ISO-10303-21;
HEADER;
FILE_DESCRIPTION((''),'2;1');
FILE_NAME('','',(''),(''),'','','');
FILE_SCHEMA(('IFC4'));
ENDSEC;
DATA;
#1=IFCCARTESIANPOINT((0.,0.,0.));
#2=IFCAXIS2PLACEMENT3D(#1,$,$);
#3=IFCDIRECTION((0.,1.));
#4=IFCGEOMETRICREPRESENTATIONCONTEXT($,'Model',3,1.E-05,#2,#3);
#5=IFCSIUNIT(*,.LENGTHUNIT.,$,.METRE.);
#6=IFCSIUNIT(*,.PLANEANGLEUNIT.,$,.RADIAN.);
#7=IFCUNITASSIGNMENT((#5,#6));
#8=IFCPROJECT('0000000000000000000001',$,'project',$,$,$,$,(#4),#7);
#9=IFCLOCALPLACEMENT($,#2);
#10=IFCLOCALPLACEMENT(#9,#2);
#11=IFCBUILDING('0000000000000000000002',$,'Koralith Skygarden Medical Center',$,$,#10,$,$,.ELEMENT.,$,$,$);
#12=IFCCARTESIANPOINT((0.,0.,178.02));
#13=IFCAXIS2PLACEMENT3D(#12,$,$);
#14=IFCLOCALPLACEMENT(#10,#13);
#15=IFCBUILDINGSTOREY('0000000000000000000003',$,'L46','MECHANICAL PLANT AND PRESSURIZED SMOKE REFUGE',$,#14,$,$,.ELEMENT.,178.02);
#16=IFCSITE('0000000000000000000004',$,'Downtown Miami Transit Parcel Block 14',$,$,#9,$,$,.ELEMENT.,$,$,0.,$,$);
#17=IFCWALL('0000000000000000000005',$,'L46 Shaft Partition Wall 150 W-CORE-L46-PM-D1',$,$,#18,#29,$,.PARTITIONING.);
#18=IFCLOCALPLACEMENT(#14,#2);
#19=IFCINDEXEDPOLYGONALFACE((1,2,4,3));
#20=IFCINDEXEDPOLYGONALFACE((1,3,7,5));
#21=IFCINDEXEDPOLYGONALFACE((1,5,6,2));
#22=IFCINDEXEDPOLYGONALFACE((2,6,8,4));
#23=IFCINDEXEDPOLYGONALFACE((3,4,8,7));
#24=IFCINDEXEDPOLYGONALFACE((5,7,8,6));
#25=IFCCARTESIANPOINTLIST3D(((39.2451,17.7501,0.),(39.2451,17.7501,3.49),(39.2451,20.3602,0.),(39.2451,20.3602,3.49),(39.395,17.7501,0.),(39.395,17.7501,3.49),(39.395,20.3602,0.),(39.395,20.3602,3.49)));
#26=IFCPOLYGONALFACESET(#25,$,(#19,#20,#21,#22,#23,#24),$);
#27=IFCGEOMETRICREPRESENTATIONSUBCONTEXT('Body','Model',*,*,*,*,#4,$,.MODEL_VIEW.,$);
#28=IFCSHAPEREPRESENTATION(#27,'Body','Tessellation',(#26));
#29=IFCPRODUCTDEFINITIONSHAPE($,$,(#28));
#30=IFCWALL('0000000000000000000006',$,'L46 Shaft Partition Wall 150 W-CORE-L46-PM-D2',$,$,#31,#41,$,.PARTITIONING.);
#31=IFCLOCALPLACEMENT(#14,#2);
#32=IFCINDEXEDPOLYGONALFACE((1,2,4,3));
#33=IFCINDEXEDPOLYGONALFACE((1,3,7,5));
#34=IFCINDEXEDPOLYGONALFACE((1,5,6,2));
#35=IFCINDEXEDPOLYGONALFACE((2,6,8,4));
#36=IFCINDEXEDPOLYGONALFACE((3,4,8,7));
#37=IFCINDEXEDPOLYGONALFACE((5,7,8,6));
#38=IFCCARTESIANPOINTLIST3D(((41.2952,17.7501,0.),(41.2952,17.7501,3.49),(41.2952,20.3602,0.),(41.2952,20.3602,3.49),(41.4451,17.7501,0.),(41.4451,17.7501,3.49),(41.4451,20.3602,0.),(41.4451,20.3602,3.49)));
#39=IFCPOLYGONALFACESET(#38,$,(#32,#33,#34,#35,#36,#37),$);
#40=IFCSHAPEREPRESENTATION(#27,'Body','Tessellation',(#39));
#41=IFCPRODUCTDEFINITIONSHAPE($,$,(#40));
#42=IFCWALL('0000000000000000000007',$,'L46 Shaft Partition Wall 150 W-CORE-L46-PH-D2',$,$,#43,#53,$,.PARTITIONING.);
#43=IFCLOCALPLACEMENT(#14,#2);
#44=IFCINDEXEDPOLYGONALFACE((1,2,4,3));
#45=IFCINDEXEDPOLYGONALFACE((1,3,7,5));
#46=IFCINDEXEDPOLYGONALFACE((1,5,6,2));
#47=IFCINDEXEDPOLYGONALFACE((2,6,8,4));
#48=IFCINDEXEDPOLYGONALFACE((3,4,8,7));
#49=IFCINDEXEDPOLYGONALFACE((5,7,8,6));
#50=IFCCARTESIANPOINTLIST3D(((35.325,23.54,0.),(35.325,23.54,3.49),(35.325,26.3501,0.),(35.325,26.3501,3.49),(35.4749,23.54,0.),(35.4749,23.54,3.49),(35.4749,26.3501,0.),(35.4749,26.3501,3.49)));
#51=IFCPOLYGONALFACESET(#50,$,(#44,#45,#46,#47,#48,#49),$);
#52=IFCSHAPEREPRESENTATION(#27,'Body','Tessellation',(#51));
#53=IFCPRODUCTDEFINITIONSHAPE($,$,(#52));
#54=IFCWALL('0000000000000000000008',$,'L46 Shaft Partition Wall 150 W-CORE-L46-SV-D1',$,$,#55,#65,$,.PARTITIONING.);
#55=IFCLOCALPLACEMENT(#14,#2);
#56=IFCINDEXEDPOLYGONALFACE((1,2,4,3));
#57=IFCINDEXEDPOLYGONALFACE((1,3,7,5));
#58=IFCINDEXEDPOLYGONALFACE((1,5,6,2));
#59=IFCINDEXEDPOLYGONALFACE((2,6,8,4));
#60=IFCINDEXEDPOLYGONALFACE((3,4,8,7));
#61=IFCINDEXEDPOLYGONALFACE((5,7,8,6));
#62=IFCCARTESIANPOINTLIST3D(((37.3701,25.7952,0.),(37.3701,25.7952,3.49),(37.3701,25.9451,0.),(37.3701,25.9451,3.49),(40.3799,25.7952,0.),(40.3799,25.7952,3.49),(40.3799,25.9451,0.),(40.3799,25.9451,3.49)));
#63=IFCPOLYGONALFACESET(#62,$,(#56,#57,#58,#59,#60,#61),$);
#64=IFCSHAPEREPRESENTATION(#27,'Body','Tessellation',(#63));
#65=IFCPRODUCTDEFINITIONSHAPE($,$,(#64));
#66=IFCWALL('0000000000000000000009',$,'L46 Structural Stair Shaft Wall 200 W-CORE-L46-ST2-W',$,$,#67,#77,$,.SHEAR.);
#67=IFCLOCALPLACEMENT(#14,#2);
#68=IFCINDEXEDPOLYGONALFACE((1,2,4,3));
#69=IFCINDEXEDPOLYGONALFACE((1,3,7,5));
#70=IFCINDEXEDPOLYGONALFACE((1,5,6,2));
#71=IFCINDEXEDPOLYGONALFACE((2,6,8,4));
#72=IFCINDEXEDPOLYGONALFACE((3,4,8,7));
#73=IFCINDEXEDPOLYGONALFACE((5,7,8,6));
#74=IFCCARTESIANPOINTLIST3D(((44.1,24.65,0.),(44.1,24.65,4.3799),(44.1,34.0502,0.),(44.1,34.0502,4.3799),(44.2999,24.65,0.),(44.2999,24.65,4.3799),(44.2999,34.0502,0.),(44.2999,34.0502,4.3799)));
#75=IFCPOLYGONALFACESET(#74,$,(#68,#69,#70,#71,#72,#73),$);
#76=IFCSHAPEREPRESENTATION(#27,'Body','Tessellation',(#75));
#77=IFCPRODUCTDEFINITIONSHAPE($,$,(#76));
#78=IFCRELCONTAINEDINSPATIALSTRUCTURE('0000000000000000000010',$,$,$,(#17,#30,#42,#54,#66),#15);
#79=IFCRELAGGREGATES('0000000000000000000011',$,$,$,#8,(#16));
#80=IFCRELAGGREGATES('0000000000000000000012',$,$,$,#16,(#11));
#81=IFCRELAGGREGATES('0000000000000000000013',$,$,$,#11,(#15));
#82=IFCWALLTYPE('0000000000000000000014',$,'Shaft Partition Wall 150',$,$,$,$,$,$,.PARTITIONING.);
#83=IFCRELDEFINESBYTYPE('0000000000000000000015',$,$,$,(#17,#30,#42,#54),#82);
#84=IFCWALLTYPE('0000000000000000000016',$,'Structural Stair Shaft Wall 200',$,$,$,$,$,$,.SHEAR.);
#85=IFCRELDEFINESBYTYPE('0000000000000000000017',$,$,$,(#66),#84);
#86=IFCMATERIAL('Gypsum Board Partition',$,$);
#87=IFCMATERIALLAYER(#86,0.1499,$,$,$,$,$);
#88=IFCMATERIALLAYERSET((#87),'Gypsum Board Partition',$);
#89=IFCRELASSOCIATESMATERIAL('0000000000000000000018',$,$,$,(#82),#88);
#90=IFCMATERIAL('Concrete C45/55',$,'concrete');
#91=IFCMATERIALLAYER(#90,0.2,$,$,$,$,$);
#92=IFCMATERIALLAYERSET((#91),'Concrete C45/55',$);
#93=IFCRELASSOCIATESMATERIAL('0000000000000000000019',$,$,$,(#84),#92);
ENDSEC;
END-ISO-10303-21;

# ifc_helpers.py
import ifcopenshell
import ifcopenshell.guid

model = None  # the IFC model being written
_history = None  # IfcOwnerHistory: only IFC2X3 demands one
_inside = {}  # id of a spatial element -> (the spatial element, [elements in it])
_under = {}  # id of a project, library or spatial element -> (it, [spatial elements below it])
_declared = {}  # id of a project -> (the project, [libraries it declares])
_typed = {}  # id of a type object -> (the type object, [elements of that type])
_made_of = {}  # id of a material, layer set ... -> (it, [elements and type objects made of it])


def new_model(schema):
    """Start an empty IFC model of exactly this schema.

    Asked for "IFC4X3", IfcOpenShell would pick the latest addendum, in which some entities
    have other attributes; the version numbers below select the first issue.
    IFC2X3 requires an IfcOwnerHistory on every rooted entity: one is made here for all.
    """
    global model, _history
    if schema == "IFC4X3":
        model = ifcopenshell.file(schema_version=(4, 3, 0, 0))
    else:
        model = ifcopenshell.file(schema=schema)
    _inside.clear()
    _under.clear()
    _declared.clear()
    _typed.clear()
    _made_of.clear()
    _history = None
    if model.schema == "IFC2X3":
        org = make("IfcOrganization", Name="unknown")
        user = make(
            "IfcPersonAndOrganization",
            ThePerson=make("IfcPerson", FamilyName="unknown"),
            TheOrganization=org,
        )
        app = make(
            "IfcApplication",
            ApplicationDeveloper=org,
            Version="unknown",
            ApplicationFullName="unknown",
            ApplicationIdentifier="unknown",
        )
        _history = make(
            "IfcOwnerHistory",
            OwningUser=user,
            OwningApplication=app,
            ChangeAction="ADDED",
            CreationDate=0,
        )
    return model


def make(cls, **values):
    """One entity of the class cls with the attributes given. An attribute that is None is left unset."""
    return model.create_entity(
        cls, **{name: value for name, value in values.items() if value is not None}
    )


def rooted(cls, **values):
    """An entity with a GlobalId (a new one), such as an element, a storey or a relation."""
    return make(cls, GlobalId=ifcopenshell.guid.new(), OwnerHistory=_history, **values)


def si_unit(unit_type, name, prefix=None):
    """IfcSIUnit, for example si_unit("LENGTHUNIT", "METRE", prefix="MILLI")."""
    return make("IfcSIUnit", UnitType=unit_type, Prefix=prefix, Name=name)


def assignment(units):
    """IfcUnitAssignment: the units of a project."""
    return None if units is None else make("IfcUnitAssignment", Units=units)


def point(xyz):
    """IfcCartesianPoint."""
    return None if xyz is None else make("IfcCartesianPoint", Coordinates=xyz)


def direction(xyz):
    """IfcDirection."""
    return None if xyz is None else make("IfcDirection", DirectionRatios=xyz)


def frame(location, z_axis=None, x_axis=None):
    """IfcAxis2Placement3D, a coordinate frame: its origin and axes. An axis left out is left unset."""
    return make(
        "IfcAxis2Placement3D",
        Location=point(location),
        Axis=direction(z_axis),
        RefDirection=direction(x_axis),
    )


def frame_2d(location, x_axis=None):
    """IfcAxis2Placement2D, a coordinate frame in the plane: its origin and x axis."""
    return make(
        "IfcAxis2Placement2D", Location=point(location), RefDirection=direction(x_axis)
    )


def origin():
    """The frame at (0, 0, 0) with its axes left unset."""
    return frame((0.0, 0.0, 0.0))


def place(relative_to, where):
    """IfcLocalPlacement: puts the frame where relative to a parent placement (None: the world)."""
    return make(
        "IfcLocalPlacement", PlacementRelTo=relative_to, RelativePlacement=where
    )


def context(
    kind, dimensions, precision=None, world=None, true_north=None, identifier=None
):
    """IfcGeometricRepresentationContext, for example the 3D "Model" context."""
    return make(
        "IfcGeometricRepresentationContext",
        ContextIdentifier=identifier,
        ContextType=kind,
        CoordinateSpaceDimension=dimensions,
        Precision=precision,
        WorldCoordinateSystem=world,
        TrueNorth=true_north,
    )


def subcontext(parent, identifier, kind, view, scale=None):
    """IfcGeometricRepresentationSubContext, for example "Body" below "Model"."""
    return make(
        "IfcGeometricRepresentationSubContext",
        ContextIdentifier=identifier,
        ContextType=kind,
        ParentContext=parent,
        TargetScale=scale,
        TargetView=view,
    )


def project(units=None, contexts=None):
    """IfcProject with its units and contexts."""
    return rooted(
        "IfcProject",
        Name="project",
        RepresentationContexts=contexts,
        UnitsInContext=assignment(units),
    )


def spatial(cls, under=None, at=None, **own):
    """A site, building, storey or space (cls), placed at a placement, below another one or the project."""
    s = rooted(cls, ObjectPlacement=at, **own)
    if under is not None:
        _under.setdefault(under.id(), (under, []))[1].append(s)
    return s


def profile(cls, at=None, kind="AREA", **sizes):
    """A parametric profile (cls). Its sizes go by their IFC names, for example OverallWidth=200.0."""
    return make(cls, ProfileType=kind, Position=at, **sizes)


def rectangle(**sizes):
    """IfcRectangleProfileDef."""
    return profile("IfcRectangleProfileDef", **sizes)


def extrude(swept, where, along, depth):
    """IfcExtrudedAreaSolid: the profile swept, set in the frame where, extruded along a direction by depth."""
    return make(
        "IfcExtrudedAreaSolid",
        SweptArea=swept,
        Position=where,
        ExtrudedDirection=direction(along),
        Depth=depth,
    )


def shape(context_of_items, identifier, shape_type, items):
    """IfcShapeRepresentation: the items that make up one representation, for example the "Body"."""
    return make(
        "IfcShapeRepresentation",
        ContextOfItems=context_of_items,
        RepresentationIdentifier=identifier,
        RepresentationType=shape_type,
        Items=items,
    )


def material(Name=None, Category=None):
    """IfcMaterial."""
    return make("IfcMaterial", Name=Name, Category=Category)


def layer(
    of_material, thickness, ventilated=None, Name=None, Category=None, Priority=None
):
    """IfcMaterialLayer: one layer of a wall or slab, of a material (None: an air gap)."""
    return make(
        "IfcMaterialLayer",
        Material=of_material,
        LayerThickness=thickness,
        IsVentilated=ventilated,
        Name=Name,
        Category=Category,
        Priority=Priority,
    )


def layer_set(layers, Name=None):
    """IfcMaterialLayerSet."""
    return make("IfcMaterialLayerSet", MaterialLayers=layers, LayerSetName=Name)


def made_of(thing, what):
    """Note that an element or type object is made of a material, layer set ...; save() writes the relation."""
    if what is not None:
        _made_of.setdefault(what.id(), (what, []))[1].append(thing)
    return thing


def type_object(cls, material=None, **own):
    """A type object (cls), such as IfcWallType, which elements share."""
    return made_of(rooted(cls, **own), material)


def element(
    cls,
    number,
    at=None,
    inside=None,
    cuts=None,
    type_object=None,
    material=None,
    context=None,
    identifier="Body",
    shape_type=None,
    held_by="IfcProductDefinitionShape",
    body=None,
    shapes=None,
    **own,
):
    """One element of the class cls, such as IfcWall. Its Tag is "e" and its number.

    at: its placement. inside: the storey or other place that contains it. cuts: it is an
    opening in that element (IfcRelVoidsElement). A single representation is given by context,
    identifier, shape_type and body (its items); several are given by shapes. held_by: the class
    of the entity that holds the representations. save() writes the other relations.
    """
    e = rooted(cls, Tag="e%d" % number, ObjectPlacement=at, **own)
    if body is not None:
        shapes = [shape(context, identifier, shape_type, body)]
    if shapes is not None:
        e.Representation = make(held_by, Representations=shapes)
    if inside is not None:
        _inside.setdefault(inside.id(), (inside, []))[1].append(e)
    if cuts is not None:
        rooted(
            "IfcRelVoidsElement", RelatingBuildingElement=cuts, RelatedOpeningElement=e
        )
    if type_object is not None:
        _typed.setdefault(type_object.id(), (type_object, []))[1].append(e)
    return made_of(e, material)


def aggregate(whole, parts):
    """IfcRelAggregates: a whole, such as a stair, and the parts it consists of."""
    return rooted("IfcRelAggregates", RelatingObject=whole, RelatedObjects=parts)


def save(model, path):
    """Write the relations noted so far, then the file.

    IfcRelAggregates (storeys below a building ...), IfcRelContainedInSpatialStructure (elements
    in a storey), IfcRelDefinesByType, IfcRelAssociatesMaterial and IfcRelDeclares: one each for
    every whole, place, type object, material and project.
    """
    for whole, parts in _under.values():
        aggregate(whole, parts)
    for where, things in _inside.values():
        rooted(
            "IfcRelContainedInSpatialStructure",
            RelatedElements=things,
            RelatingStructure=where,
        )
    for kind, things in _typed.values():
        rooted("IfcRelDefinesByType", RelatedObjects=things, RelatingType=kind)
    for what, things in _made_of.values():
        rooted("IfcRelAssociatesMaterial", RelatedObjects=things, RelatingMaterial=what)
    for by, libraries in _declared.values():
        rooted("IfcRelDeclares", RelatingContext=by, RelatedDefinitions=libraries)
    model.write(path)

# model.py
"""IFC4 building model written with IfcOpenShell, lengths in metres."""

from ifc_helpers import new_model, si_unit, direction, frame, frame_2d, origin, place, context, subcontext, project, spatial, rectangle, extrude, material, layer, layer_set, type_object, element, save


model = new_model("IFC4")

# Units and contexts
model_context = context("Model", 3, precision=1e-05, world=origin(), true_north=direction((0.0, 1.0)))
body_context = subcontext(model_context, "Body", "Model", "MODEL_VIEW")
ifc_project = project(units=[si_unit("LENGTHUNIT", "METRE"), si_unit("PLANEANGLEUNIT", "RADIAN")], contexts=[model_context])

# Site, building, storey
site_placement = place(None, origin())
site = spatial("IfcSite", under=ifc_project, at=site_placement, Name="Downtown Miami Transit Parcel Block 14", CompositionType="ELEMENT", RefElevation=0.0)
building_placement = place(site_placement, origin())
building = spatial("IfcBuilding", under=site, at=building_placement, Name="Koralith Skygarden Medical Center", CompositionType="ELEMENT")
storey_placement = place(building_placement, frame((0.0, 0.0, 178.02)))
storey = spatial("IfcBuildingStorey", under=building, at=storey_placement, Name="L46", Description="MECHANICAL PLANT AND PRESSURIZED SMOKE REFUGE", CompositionType="ELEMENT", Elevation=178.02)

# Shared definitions
ifc_material_1 = material(Name="Gypsum Board Partition")

# Walls
ifc_layer_1 = layer(ifc_material_1, 0.1499)
ifc_layer_set_1 = layer_set([ifc_layer_1], Name="Gypsum Board Partition")
wall_type_1 = type_object("IfcWallType", Name="Shaft Partition Wall 150", PredefinedType="PARTITIONING", material=ifc_layer_set_1)
for number, where, z_axis, x_axis, name in (
    (1, (39.3201, 17.75, 0.0), (0.0, 0.0, 1.0), (0.0, 1.0, 0.0), "L46 Shaft Partition Wall 150 W-CORE-L46-PM-D1"),
    (2, (41.3701, 17.75, 0.0), (0.0, 0.0, 1.0), (0.0, 1.0, 0.0), "L46 Shaft Partition Wall 150 W-CORE-L46-PM-D2"),
):
    element("IfcWall", number, at=place(storey_placement, frame(where, z_axis=z_axis, x_axis=x_axis)), inside=storey, type_object=wall_type_1, Name=name, PredefinedType="PARTITIONING", context=body_context, shape_type="SweptSolid", body=[
        extrude(rectangle(XDim=2.6101, YDim=0.1499, at=frame_2d((1.3052, 0.0))), origin(), (0.0, 0.0, 1.0), 3.49),
    ])
wall_1_placement = place(storey_placement, frame((35.3999, 23.54, 0.0), z_axis=(0.0, 0.0, 1.0), x_axis=(0.0, 1.0, 0.0)))
element("IfcWall", 3, at=wall_1_placement, inside=storey, type_object=wall_type_1, Name="L46 Shaft Partition Wall 150 W-CORE-L46-PH-D2", PredefinedType="PARTITIONING", context=body_context, shape_type="SweptSolid", body=[
    extrude(rectangle(XDim=2.8101, YDim=0.1499, at=frame_2d((1.405, 0.0))), origin(), (0.0, 0.0, 1.0), 3.49),
])
wall_2_placement = place(storey_placement, frame((37.3701, 25.8701, 0.0), z_axis=(0.0, 0.0, 1.0), x_axis=(1.0, 0.0, 0.0)))
element("IfcWall", 4, at=wall_2_placement, inside=storey, type_object=wall_type_1, Name="L46 Shaft Partition Wall 150 W-CORE-L46-SV-D1", PredefinedType="PARTITIONING", context=body_context, shape_type="SweptSolid", body=[
    extrude(rectangle(XDim=3.0098, YDim=0.1499, at=frame_2d((1.5049, 0.0))), origin(), (0.0, 0.0, 1.0), 3.49),
])
ifc_material_2 = material(Name="Concrete C45/55", Category="concrete")
ifc_layer_2 = layer(ifc_material_2, 0.2)
ifc_layer_set_2 = layer_set([ifc_layer_2], Name="Concrete C45/55")
wall_type_2 = type_object("IfcWallType", Name="Structural Stair Shaft Wall 200", PredefinedType="SHEAR", material=ifc_layer_set_2)
wall_3_placement = place(storey_placement, frame((44.2, 24.6499, 0.0), z_axis=(0.0, 0.0, 1.0), x_axis=(0.0, 1.0, 0.0)))
element("IfcWall", 5, at=wall_3_placement, inside=storey, type_object=wall_type_2, Name="L46 Structural Stair Shaft Wall 200 W-CORE-L46-ST2-W", PredefinedType="SHEAR", context=body_context, shape_type="SweptSolid", body=[
    extrude(rectangle(XDim=9.4001, YDim=0.2, at=frame_2d((4.7002, 0.0))), origin(), (0.0, 0.0, 1.0), 4.3799),
])

save(model, "model.ifc")
